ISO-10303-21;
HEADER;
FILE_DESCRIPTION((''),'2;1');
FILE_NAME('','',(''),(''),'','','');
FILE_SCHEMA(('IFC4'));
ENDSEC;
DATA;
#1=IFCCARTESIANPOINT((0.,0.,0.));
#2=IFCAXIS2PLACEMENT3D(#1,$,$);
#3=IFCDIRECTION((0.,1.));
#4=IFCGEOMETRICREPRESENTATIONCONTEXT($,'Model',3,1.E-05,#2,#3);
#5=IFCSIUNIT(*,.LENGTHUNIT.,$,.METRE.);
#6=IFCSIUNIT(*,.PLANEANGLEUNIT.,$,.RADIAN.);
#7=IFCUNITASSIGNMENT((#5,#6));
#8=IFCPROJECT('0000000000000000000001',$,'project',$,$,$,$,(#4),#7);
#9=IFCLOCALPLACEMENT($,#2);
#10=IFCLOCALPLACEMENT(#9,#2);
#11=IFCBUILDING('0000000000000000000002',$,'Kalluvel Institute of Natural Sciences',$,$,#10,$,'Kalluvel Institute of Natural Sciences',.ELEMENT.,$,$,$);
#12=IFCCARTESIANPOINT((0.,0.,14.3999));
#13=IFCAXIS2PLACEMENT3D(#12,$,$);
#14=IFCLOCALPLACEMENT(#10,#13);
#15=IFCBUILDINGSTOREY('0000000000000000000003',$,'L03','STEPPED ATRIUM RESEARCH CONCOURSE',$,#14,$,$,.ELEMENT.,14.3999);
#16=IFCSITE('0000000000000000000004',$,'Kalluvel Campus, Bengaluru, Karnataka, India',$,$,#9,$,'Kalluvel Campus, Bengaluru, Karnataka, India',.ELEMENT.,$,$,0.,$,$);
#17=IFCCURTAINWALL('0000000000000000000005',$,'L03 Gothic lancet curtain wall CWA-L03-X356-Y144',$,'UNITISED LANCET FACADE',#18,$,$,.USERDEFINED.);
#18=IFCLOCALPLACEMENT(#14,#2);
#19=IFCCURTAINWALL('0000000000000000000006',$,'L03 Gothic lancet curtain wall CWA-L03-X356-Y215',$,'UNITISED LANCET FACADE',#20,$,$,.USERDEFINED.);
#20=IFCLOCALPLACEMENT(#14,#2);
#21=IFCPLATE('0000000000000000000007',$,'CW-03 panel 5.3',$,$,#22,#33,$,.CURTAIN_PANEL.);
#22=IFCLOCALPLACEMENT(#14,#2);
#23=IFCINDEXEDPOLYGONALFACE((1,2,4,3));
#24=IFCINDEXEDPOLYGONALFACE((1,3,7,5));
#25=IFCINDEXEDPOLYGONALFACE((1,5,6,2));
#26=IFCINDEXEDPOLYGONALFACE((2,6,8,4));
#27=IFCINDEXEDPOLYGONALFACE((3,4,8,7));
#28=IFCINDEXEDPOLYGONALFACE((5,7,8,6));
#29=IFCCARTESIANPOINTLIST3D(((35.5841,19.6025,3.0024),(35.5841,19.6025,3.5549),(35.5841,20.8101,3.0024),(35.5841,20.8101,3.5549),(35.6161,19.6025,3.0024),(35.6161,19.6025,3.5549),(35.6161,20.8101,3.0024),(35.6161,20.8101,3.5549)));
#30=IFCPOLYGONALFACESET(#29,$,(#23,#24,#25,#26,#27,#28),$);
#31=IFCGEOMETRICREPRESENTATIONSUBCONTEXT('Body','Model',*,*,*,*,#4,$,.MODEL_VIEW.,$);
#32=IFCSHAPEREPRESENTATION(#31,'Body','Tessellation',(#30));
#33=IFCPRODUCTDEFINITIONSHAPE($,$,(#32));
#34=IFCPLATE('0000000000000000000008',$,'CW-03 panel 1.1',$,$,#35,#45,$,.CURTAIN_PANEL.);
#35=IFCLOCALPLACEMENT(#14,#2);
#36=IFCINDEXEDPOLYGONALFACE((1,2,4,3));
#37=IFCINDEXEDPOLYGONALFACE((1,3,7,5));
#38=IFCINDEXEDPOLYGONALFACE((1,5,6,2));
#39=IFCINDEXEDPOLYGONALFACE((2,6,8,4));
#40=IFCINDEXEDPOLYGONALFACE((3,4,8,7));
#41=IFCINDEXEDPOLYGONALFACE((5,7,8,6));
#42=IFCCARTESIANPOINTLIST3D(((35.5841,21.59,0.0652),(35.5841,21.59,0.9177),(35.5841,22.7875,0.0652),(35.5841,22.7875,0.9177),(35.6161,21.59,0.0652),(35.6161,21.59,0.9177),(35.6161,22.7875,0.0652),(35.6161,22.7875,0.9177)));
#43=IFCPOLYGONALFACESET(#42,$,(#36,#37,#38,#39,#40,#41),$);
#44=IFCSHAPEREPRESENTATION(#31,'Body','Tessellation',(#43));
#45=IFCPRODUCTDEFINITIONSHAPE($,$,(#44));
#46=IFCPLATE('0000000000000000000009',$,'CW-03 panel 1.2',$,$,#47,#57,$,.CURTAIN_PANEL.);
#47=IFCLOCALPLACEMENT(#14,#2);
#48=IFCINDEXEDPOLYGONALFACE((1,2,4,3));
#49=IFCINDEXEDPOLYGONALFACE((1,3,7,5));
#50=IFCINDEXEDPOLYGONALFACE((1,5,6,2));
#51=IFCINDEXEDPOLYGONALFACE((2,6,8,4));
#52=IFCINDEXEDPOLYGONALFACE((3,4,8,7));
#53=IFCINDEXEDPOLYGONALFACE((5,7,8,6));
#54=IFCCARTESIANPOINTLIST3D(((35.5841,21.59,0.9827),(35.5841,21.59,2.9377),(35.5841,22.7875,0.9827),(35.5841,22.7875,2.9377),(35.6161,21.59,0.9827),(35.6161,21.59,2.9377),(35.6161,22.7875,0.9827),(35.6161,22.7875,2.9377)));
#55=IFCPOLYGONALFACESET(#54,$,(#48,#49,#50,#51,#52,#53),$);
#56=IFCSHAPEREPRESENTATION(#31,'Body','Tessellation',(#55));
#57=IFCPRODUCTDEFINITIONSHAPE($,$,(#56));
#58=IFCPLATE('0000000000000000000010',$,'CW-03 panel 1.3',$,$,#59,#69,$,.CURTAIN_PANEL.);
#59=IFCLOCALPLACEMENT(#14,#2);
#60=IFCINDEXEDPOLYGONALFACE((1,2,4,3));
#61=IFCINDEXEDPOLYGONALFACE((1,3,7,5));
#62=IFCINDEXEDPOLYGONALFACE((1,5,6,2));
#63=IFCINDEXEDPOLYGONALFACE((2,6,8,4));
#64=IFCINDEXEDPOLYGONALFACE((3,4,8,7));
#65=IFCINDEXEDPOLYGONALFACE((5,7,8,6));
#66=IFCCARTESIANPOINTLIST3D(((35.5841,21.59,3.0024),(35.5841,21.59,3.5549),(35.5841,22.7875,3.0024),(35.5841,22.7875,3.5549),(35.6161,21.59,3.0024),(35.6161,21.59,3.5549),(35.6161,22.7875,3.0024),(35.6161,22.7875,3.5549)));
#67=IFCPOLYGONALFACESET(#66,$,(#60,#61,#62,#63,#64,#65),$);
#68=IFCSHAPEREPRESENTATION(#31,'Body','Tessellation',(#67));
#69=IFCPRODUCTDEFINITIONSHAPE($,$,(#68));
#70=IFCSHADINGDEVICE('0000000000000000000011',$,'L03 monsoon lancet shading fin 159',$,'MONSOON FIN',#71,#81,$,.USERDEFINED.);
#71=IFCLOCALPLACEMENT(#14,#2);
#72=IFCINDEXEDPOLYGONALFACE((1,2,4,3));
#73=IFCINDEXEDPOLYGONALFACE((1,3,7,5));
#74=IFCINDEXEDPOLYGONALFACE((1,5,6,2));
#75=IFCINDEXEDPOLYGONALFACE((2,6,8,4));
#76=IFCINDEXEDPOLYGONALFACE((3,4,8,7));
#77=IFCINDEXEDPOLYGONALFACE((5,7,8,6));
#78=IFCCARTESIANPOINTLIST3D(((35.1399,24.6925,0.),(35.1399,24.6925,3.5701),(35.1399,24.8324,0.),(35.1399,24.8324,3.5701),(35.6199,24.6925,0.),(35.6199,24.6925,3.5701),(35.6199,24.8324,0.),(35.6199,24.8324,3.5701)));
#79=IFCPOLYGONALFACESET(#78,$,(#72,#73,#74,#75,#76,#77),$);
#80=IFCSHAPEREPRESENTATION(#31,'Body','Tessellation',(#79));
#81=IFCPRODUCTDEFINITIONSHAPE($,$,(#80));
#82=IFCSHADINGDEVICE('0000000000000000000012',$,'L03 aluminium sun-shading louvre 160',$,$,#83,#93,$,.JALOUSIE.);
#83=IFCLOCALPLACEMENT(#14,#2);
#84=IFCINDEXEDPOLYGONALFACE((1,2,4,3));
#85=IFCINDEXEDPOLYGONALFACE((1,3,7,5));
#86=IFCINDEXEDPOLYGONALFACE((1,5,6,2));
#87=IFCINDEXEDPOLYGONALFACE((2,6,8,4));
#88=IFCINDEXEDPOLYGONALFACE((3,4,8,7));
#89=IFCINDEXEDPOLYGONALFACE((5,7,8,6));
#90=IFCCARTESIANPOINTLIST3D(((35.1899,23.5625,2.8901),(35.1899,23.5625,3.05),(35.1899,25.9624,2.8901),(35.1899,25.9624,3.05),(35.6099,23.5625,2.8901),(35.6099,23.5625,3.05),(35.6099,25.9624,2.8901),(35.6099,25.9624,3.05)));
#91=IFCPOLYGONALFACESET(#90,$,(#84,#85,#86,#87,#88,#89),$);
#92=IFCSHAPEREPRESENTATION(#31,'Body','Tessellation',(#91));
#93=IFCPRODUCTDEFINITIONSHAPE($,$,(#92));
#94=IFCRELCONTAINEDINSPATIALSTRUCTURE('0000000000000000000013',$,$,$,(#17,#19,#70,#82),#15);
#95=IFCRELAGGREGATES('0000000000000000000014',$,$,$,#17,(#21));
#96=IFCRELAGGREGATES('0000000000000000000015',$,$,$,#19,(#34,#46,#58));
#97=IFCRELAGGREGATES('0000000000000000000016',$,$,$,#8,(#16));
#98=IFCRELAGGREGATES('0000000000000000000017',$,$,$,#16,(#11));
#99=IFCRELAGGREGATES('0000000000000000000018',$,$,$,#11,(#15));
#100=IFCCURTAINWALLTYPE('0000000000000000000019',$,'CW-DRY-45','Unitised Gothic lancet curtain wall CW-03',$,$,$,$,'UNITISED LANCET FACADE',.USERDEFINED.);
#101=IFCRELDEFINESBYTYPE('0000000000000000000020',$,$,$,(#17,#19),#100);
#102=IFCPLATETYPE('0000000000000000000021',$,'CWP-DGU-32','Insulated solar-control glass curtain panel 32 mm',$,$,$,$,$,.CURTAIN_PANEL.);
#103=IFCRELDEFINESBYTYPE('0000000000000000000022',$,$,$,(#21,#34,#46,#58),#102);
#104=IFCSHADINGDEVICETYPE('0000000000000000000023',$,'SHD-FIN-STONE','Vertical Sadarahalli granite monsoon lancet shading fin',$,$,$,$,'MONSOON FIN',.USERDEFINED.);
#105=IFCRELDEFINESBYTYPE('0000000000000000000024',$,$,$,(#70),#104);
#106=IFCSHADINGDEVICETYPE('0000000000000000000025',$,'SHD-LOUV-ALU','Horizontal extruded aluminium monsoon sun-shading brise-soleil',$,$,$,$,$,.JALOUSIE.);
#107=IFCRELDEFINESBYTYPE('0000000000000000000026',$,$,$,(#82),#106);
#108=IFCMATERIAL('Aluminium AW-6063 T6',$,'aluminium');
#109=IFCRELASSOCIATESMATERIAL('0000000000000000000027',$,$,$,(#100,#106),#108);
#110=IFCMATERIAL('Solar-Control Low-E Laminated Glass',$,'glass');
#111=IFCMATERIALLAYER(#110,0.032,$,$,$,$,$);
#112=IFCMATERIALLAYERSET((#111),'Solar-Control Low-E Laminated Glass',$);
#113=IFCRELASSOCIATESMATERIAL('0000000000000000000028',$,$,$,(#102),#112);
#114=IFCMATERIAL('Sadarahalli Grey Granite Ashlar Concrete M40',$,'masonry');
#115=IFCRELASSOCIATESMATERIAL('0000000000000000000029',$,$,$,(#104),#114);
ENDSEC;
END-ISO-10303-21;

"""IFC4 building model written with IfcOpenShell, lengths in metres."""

from ifc_helpers import new_model, si_unit, direction, frame, origin, origin_2d, place, context, subcontext, project, spatial, rectangle, extrude, material, layer, layer_set, type_object, element, aggregate, save


model = new_model("IFC4")

# Units and contexts
model_context = context("Model", 3, precision=1e-05, world=origin(), true_north=direction((0.0, 1.0)))
body_context = subcontext(model_context, "Body", "Model", "MODEL_VIEW")
ifc_project = project(units=[si_unit("LENGTHUNIT", "METRE"), si_unit("PLANEANGLEUNIT", "RADIAN")], contexts=[model_context])

# Site, building, storey
site_placement = place(None, origin())
site = spatial("IfcSite", under=ifc_project, at=site_placement, Name="Kalluvel Campus, Bengaluru, Karnataka, India", LongName="Kalluvel Campus, Bengaluru, Karnataka, India", CompositionType="ELEMENT", RefElevation=0.0)
building_placement = place(site_placement, origin())
building = spatial("IfcBuilding", under=site, at=building_placement, Name="Kalluvel Institute of Natural Sciences", LongName="Kalluvel Institute of Natural Sciences", CompositionType="ELEMENT")
storey_placement = place(building_placement, frame((0.0, 0.0, 14.3999)))
storey = spatial("IfcBuildingStorey", under=building, at=storey_placement, Name="L03", Description="STEPPED ATRIUM RESEARCH CONCOURSE", CompositionType="ELEMENT", Elevation=14.3999)

# Curtain wall
ifc_material_1 = material(Name="Aluminium AW-6063 T6", Category="aluminium")
curtain_wall_type = type_object("IfcCurtainWallType", Name="CW-DRY-45", Description="Unitised Gothic lancet curtain wall CW-03", ElementType="UNITISED LANCET FACADE", PredefinedType="USERDEFINED", material=ifc_material_1)
curtain_wall_1_placement = place(storey_placement, origin())
curtain_wall_1 = element("IfcCurtainWall", 1, at=curtain_wall_1_placement, inside=storey, type_object=curtain_wall_type, Name="L03 Gothic lancet curtain wall CWA-L03-X356-Y144", ObjectType="UNITISED LANCET FACADE", PredefinedType="USERDEFINED")

# Curtain wall
curtain_wall_2_placement = place(storey_placement, origin())
curtain_wall_2 = element("IfcCurtainWall", 2, at=curtain_wall_2_placement, inside=storey, type_object=curtain_wall_type, Name="L03 Gothic lancet curtain wall CWA-L03-X356-Y215", ObjectType="UNITISED LANCET FACADE", PredefinedType="USERDEFINED")

# Plates
ifc_material_2 = material(Name="Solar-Control Low-E Laminated Glass", Category="glass")
ifc_layer = layer(ifc_material_2, 0.032)
ifc_layer_set = layer_set([ifc_layer], Name="Solar-Control Low-E Laminated Glass")
plate_type = type_object("IfcPlateType", Name="CWP-DGU-32", Description="Insulated solar-control glass curtain panel 32 mm", PredefinedType="CURTAIN_PANEL", material=ifc_layer_set)
plate_1_placement = place(storey_placement, frame((35.6001, 20.2063, 3.0024), z_axis=(0.0, 0.0, 1.0), x_axis=(0.0, 1.0, 0.0)))
plate_1 = element("IfcPlate", 3, at=plate_1_placement, type_object=plate_type, Name="CW-03 panel 5.3", PredefinedType="CURTAIN_PANEL", context=body_context, shape_type="SweptSolid", body=[
    extrude(rectangle(XDim=1.2075, YDim=0.032, at=origin_2d()), origin(), (0.0, 0.0, 1.0), 0.5525),
])
aggregate(curtain_wall_1, [plate_1])
plate_2_placement = place(storey_placement, frame((35.6001, 22.1887, 0.0652), z_axis=(0.0, 0.0, 1.0), x_axis=(0.0, 1.0, 0.0)))
plate_2 = element("IfcPlate", 4, at=plate_2_placement, type_object=plate_type, Name="CW-03 panel 1.1", PredefinedType="CURTAIN_PANEL", context=body_context, shape_type="SweptSolid", body=[
    extrude(rectangle(XDim=1.1975, YDim=0.032, at=origin_2d()), origin(), (0.0, 0.0, 1.0), 0.8525),
])
plate_3_placement = place(storey_placement, frame((35.6001, 22.1887, 0.9827), z_axis=(0.0, 0.0, 1.0), x_axis=(0.0, 1.0, 0.0)))
plate_3 = element("IfcPlate", 5, at=plate_3_placement, type_object=plate_type, Name="CW-03 panel 1.2", PredefinedType="CURTAIN_PANEL", context=body_context, shape_type="SweptSolid", body=[
    extrude(rectangle(XDim=1.1975, YDim=0.032, at=origin_2d()), origin(), (0.0, 0.0, 1.0), 1.9551),
])
plate_4_placement = place(storey_placement, frame((35.6001, 22.1887, 3.0024), z_axis=(0.0, 0.0, 1.0), x_axis=(0.0, 1.0, 0.0)))
plate_4 = element("IfcPlate", 6, at=plate_4_placement, type_object=plate_type, Name="CW-03 panel 1.3", PredefinedType="CURTAIN_PANEL", context=body_context, shape_type="SweptSolid", body=[
    extrude(rectangle(XDim=1.1975, YDim=0.032, at=origin_2d()), origin(), (0.0, 0.0, 1.0), 0.5525),
])
aggregate(curtain_wall_2, [plate_2, plate_3, plate_4])

# Shading devices
ifc_material_3 = material(Name="Sadarahalli Grey Granite Ashlar Concrete M40", Category="masonry")
shading_device_type_1 = type_object("IfcShadingDeviceType", Name="SHD-FIN-STONE", Description="Vertical Sadarahalli granite monsoon lancet shading fin", ElementType="MONSOON FIN", PredefinedType="USERDEFINED", material=ifc_material_3)
shading_device_1_placement = place(storey_placement, frame((35.3799, 24.7625, 0.0), z_axis=(0.0, 0.0, 1.0), x_axis=(0.0, 1.0, 0.0)))
element("IfcShadingDevice", 7, at=shading_device_1_placement, inside=storey, type_object=shading_device_type_1, Name="L03 monsoon lancet shading fin 159", ObjectType="MONSOON FIN", PredefinedType="USERDEFINED", context=body_context, shape_type="SweptSolid", body=[
    extrude(rectangle(XDim=0.1399, YDim=0.48, at=origin_2d()), origin(), (0.0, 0.0, 1.0), 3.5701),
])
shading_device_type_2 = type_object("IfcShadingDeviceType", Name="SHD-LOUV-ALU", Description="Horizontal extruded aluminium monsoon sun-shading brise-soleil", PredefinedType="JALOUSIE", material=ifc_material_1)
shading_device_2_placement = place(storey_placement, frame((35.3999, 24.7625, 2.8901), z_axis=(0.0, 0.0, 1.0), x_axis=(0.0, 1.0, 0.0)))
element("IfcShadingDevice", 8, at=shading_device_2_placement, inside=storey, type_object=shading_device_type_2, Name="L03 aluminium sun-shading louvre 160", PredefinedType="JALOUSIE", context=body_context, shape_type="SweptSolid", body=[
    extrude(rectangle(XDim=2.3999, YDim=0.4199, at=origin_2d()), origin(), (0.0, 0.0, 1.0), 0.1599),
])

save(model, "model.ifc")
